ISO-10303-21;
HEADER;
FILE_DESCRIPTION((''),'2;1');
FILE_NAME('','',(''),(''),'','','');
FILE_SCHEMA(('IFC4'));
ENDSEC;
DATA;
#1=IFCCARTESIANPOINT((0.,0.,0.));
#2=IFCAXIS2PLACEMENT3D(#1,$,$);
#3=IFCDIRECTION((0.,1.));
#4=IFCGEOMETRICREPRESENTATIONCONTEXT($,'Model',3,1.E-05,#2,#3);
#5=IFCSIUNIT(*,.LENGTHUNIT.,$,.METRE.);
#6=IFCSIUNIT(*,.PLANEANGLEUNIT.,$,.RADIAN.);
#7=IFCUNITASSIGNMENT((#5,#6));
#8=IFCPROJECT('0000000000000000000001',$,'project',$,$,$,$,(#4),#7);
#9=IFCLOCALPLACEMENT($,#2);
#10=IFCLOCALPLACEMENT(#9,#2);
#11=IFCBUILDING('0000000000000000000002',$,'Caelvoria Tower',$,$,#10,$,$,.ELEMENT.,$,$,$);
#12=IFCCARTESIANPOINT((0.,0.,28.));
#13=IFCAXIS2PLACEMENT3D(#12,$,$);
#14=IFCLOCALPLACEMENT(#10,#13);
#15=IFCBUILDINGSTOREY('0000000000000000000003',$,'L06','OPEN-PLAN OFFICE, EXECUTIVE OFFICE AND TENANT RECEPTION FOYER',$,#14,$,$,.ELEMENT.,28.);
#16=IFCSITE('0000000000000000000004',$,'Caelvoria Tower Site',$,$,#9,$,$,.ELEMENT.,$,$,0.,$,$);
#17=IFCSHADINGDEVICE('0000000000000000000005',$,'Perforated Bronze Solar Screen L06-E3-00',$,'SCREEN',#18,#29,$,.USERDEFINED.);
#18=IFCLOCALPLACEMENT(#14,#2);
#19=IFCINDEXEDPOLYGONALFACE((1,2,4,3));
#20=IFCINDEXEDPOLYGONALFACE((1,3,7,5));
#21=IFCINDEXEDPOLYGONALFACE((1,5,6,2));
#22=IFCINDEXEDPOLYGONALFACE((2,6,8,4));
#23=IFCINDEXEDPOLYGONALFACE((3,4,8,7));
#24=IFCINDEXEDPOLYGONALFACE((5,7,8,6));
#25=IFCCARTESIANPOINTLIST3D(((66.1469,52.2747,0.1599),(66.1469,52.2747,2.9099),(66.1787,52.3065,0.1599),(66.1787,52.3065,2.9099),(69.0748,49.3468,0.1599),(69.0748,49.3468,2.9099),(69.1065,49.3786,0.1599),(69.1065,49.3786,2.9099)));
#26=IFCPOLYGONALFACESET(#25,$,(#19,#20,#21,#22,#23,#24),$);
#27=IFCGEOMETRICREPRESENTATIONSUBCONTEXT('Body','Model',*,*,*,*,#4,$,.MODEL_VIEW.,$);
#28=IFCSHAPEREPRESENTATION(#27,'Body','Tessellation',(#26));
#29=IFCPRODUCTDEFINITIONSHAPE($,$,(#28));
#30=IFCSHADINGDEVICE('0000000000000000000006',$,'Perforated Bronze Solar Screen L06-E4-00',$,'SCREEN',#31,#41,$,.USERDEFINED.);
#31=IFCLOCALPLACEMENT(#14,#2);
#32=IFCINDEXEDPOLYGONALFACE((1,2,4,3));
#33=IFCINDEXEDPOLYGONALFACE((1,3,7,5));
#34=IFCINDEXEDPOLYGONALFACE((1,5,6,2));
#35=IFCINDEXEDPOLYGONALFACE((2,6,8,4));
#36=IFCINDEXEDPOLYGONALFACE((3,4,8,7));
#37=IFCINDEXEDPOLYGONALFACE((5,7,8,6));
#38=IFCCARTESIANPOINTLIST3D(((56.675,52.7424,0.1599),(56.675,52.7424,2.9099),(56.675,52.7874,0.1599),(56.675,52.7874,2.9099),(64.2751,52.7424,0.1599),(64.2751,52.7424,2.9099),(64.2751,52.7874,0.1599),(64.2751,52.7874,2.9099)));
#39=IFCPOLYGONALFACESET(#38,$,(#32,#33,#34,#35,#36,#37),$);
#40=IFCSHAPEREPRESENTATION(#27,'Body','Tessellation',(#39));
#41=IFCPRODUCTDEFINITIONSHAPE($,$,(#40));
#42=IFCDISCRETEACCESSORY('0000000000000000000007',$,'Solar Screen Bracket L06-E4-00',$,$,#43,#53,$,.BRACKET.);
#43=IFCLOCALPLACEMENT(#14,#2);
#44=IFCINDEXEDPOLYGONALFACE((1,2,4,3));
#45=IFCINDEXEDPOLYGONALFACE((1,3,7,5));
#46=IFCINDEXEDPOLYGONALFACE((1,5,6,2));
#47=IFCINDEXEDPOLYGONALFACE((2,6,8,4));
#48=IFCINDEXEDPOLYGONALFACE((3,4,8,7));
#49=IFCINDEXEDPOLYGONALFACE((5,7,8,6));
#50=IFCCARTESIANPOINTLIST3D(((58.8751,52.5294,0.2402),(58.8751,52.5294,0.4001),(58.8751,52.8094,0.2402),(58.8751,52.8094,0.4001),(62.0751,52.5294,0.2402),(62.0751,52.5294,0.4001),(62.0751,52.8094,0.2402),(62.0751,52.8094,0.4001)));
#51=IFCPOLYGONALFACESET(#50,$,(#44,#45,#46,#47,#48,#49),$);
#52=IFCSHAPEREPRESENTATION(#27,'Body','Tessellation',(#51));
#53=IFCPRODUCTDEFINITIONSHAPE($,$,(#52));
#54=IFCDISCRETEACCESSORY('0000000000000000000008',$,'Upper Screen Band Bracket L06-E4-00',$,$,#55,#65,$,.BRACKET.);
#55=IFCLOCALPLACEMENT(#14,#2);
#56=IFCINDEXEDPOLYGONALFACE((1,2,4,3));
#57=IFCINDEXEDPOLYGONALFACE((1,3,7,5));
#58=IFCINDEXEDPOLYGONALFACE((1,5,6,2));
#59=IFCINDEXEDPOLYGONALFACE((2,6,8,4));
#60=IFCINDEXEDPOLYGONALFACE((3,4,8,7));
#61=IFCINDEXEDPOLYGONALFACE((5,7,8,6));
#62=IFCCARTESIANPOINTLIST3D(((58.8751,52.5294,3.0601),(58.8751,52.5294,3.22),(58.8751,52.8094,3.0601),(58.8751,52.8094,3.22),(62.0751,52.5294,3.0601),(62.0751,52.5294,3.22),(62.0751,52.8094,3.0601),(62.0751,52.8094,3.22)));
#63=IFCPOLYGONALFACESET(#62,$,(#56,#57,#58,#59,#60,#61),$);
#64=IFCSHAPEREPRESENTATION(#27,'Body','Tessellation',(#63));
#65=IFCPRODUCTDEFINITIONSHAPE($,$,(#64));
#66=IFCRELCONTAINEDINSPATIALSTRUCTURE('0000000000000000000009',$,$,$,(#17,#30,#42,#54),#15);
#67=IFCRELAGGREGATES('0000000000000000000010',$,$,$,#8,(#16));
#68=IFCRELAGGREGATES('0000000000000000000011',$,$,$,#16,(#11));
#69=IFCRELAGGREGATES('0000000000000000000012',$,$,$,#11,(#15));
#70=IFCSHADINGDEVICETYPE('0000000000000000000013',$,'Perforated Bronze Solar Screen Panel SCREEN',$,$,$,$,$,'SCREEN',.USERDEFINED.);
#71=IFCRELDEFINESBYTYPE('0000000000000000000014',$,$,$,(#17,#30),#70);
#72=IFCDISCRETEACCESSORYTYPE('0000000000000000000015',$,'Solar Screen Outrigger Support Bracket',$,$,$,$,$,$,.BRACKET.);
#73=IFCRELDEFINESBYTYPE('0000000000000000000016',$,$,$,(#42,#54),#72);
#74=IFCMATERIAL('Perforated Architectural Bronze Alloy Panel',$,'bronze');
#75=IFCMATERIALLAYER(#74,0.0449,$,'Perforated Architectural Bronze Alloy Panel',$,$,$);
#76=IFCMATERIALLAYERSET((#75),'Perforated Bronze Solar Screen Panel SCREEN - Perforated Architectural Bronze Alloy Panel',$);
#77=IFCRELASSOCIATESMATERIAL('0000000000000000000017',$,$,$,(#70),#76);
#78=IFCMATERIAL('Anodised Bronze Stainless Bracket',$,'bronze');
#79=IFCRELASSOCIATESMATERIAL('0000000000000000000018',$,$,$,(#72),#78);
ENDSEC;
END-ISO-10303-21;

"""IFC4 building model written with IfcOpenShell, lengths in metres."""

from ifc_helpers import new_model, si_unit, direction, frame, origin, origin_2d, place, context, subcontext, project, spatial, rectangle, extrude, material, layer, layer_set, type_object, element, save


model = new_model("IFC4")

# Units and contexts
model_context = context("Model", 3, precision=1e-05, world=origin(), true_north=direction((0.0, 1.0)))
body_context = subcontext(model_context, "Body", "Model", "MODEL_VIEW")
ifc_project = project(units=[si_unit("LENGTHUNIT", "METRE"), si_unit("PLANEANGLEUNIT", "RADIAN")], contexts=[model_context])

# Site, building, storey
site_placement = place(None, origin())
site = spatial("IfcSite", under=ifc_project, at=site_placement, Name="Caelvoria Tower Site", CompositionType="ELEMENT", RefElevation=0.0)
building_placement = place(site_placement, origin())
building = spatial("IfcBuilding", under=site, at=building_placement, Name="Caelvoria Tower", CompositionType="ELEMENT")
storey_placement = place(building_placement, frame((0.0, 0.0, 28.0)))
storey = spatial("IfcBuildingStorey", under=building, at=storey_placement, Name="L06", Description="OPEN-PLAN OFFICE, EXECUTIVE OFFICE AND TENANT RECEPTION FOYER", CompositionType="ELEMENT", Elevation=28.0)

# Shading devices
ifc_material_1 = material(Name="Perforated Architectural Bronze Alloy Panel", Category="bronze")
ifc_layer_1 = layer(ifc_material_1, 0.0449, Name="Perforated Architectural Bronze Alloy Panel")
ifc_layer_set_1 = layer_set([ifc_layer_1], Name="Perforated Bronze Solar Screen Panel SCREEN - Perforated Architectural Bronze Alloy Panel")
shading_device_type = type_object("IfcShadingDeviceType", Name="Perforated Bronze Solar Screen Panel SCREEN", ElementType="SCREEN", PredefinedType="USERDEFINED", material=ifc_layer_set_1)
shading_device_1_placement = place(storey_placement, frame((67.6267, 50.8267, 0.1599), z_axis=(0.0, 0.0, 1.0), x_axis=(-0.707107, 0.707107, 0.0)))
element("IfcShadingDevice", 1, at=shading_device_1_placement, inside=storey, type_object=shading_device_type, Name="Perforated Bronze Solar Screen L06-E3-00", ObjectType="SCREEN", PredefinedType="USERDEFINED", context=body_context, shape_type="SweptSolid", body=[
    extrude(rectangle(XDim=4.1406, YDim=0.0449, at=origin_2d()), origin(), (0.0, 0.0, 1.0), 2.75),
])
shading_device_2_placement = place(storey_placement, frame((60.4751, 52.7649, 0.1599), z_axis=(0.0, 0.0, 1.0), x_axis=(-1.0, 0.0, 0.0)))
element("IfcShadingDevice", 2, at=shading_device_2_placement, inside=storey, type_object=shading_device_type, Name="Perforated Bronze Solar Screen L06-E4-00", ObjectType="SCREEN", PredefinedType="USERDEFINED", context=body_context, shape_type="SweptSolid", body=[
    extrude(rectangle(XDim=7.6001, YDim=0.0449, at=origin_2d()), origin(), (0.0, 0.0, 1.0), 2.75),
])

# Discrete accessories
ifc_material_2 = material(Name="Anodised Bronze Stainless Bracket", Category="bronze")
discrete_accessory_type = type_object("IfcDiscreteAccessoryType", Name="Solar Screen Outrigger Support Bracket", PredefinedType="BRACKET", material=ifc_material_2)
for number, where, z_axis, x_axis, name in (
    (3, (60.4751, 52.6694, 0.2402), (0.0, 0.0, 1.0), (-1.0, 0.0, 0.0), "Solar Screen Bracket L06-E4-00"),
    (4, (60.4751, 52.6694, 3.0601), (0.0, 0.0, 1.0), (-1.0, 0.0, 0.0), "Upper Screen Band Bracket L06-E4-00"),
):
    element("IfcDiscreteAccessory", number, at=place(storey_placement, frame(where, z_axis=z_axis, x_axis=x_axis)), inside=storey, type_object=discrete_accessory_type, Name=name, PredefinedType="BRACKET", context=body_context, shape_type="SweptSolid", body=[
        extrude(rectangle(XDim=3.2, YDim=0.28, at=origin_2d()), origin(), (0.0, 0.0, 1.0), 0.1599),
    ])

save(model, "model.ifc")
